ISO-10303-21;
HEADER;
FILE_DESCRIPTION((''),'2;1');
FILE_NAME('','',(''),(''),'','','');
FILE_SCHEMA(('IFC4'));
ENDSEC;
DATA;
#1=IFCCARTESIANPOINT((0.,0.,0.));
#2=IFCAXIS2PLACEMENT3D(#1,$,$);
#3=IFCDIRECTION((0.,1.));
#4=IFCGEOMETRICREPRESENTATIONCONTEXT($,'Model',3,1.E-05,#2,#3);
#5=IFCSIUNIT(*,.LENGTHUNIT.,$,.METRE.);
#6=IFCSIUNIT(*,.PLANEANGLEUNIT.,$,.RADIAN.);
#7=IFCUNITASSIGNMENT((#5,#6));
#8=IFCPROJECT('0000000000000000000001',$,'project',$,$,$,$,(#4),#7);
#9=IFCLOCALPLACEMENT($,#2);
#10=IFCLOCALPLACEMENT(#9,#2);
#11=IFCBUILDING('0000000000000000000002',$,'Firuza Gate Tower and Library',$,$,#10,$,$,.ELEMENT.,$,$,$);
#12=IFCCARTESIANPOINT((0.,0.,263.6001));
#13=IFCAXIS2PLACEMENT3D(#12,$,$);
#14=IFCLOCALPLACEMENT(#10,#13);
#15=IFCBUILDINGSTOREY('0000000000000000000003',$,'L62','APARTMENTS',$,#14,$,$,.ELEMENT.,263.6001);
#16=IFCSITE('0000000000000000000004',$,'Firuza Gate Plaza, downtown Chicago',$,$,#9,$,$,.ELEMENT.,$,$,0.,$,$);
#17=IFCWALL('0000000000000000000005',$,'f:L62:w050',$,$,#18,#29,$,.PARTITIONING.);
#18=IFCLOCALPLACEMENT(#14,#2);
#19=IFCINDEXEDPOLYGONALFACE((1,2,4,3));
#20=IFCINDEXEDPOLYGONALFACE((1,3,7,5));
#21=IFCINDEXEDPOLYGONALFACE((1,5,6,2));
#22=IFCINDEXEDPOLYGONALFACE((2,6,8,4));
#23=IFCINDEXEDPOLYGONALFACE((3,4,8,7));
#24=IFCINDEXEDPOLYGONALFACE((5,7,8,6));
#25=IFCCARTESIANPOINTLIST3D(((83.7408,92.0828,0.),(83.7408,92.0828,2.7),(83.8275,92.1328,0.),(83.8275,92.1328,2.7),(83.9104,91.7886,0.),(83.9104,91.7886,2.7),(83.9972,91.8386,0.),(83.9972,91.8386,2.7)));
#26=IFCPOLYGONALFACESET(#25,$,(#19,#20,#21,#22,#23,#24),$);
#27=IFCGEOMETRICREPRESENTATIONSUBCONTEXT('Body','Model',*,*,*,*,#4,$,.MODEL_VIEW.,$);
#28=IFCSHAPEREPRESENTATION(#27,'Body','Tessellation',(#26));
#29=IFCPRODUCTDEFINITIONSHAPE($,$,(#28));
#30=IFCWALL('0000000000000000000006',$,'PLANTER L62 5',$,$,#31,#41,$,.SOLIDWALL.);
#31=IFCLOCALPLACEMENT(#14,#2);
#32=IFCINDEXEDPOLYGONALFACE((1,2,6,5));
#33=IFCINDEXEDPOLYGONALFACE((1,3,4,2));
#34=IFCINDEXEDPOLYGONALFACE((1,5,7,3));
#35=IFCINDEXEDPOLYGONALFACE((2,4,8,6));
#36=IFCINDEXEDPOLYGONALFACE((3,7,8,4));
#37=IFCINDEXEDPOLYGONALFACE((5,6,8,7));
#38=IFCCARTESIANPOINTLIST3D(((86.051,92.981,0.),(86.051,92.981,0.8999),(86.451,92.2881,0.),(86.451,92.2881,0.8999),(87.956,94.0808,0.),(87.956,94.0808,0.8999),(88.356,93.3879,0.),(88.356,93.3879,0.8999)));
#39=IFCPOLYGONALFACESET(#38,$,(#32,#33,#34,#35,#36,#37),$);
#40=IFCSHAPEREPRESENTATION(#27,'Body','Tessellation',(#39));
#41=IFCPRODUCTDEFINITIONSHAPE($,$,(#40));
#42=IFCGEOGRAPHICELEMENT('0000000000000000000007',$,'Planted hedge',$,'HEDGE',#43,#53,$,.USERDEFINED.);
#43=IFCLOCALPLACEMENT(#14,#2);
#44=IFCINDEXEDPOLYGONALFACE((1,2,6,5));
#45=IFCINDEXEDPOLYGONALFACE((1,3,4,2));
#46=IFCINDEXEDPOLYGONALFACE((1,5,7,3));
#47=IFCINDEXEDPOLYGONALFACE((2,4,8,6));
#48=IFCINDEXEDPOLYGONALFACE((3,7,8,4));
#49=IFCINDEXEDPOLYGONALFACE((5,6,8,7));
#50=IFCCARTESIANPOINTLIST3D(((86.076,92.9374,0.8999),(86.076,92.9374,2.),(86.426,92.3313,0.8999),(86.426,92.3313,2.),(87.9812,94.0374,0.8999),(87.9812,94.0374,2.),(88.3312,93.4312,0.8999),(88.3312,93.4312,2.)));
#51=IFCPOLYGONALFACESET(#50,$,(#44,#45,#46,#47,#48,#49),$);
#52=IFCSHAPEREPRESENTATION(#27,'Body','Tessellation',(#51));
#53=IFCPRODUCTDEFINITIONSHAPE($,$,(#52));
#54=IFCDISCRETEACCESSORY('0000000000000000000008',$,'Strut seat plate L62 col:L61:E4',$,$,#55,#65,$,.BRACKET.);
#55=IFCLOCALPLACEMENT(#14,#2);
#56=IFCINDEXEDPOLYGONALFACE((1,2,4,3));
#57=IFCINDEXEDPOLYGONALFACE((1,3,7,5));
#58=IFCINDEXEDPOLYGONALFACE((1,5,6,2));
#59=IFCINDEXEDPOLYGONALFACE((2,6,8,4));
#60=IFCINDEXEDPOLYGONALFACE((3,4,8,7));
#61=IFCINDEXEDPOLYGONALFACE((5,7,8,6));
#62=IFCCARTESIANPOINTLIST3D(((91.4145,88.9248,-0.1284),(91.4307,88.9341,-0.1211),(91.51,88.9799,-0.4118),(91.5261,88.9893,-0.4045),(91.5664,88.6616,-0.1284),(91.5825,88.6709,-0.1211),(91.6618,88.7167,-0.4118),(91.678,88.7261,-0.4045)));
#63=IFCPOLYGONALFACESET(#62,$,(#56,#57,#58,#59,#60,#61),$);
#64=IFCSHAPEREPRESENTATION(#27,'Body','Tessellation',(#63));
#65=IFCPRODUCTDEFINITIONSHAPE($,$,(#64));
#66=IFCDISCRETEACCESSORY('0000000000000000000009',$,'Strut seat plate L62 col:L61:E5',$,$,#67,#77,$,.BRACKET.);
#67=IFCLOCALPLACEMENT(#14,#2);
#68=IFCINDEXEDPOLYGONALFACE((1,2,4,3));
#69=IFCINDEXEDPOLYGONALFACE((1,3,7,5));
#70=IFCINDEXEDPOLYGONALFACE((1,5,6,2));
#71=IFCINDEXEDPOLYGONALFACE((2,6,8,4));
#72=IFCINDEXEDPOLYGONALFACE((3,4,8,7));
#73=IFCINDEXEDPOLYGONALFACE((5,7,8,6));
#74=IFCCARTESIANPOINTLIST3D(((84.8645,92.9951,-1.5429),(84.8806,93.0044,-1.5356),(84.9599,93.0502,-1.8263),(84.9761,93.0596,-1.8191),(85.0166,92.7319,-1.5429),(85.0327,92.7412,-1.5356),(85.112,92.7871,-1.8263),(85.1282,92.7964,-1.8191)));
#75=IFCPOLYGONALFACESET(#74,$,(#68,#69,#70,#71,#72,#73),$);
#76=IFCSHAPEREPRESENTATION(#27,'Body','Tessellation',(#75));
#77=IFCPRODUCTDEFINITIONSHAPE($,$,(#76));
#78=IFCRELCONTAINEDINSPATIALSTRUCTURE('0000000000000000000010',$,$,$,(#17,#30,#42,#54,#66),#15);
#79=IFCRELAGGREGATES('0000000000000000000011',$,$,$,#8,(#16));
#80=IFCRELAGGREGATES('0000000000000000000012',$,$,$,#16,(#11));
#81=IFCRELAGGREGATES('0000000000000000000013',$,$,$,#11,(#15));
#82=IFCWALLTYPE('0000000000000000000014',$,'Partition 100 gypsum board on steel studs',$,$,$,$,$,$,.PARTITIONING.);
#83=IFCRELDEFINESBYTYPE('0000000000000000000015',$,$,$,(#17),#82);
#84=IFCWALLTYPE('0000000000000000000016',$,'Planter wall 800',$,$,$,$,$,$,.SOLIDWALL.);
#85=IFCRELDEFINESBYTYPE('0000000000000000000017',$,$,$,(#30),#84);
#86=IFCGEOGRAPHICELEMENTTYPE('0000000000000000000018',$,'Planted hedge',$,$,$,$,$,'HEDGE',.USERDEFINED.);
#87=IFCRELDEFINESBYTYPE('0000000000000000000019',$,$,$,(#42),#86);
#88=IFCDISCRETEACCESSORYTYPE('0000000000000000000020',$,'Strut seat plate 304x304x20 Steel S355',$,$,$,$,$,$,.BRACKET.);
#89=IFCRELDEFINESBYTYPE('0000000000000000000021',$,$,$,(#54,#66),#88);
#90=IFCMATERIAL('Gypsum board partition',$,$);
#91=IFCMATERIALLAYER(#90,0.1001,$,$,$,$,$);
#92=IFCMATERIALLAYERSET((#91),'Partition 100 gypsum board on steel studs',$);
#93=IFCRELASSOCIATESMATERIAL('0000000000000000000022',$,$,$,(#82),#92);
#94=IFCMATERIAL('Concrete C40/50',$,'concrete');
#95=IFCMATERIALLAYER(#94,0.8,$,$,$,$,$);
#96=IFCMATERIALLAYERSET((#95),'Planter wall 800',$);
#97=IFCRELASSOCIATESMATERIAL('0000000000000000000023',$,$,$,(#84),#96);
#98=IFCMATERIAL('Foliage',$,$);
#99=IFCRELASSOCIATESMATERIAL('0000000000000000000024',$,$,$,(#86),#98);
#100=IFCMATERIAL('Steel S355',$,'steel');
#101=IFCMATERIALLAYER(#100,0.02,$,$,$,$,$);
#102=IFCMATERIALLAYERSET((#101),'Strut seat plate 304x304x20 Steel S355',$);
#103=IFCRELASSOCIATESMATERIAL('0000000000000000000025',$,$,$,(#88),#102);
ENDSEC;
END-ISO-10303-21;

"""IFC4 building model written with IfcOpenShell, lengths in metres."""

from ifc_helpers import new_model, si_unit, direction, frame, frame_2d, origin, origin_2d, place, context, subcontext, project, spatial, polyline, rectangle, outline, extrude, material, layer, layer_set, type_object, element, save


model = new_model("IFC4")

# Units and contexts
model_context = context("Model", 3, precision=1e-05, world=origin(), true_north=direction((0.0, 1.0)))
body_context = subcontext(model_context, "Body", "Model", "MODEL_VIEW")
ifc_project = project(units=[si_unit("LENGTHUNIT", "METRE"), si_unit("PLANEANGLEUNIT", "RADIAN")], contexts=[model_context])

# Site, building, storey
site_placement = place(None, origin())
site = spatial("IfcSite", under=ifc_project, at=site_placement, Name="Firuza Gate Plaza, downtown Chicago", CompositionType="ELEMENT", RefElevation=0.0)
building_placement = place(site_placement, origin())
building = spatial("IfcBuilding", under=site, at=building_placement, Name="Firuza Gate Tower and Library", CompositionType="ELEMENT")
storey_placement = place(building_placement, frame((0.0, 0.0, 263.6001)))
storey = spatial("IfcBuildingStorey", under=building, at=storey_placement, Name="L62", Description="APARTMENTS", CompositionType="ELEMENT", Elevation=263.6001)

# Walls
ifc_material_1 = material(Name="Gypsum board partition")
ifc_layer_1 = layer(ifc_material_1, 0.1001)
ifc_layer_set_1 = layer_set([ifc_layer_1], Name="Partition 100 gypsum board on steel studs")
wall_type_1 = type_object("IfcWallType", Name="Partition 100 gypsum board on steel studs", PredefinedType="PARTITIONING", material=ifc_layer_set_1)
wall_1_placement = place(storey_placement, frame((83.9539, 91.8135, 0.0), z_axis=(0.0, 0.0, 1.0), x_axis=(-0.499619, 0.866245, 0.0)))
element("IfcWall", 1, at=wall_1_placement, inside=storey, type_object=wall_type_1, Name="f:L62:w050", PredefinedType="PARTITIONING", context=body_context, shape_type="SweptSolid", body=[
    extrude(rectangle(XDim=0.3396, YDim=0.1001, at=frame_2d((0.1699, 0.0))), origin(), (0.0, 0.0, 1.0), 2.7),
])
ifc_material_2 = material(Name="Concrete C40/50", Category="concrete")
ifc_layer_2 = layer(ifc_material_2, 0.8)
ifc_layer_set_2 = layer_set([ifc_layer_2], Name="Planter wall 800")
wall_type_2 = type_object("IfcWallType", Name="Planter wall 800", PredefinedType="SOLIDWALL", material=ifc_layer_set_2)
wall_2_placement = place(storey_placement, frame((88.156, 93.7344, 0.0), z_axis=(0.0, 0.0, 1.0), x_axis=(-0.866028, -0.499995, 0.0)))
element("IfcWall", 2, at=wall_2_placement, inside=storey, type_object=wall_type_2, Name="PLANTER L62 5", PredefinedType="SOLIDWALL", context=body_context, shape_type="SweptSolid", body=[
    extrude(rectangle(XDim=2.1997, YDim=0.8, at=frame_2d((1.0999, 0.0))), origin(), (0.0, 0.0, 1.0), 0.8999),
])

# Geographic element
ifc_material_3 = material(Name="Foliage")
geographic_element_type = type_object("IfcGeographicElementType", Name="Planted hedge", ElementType="HEDGE", PredefinedType="USERDEFINED", material=ifc_material_3)
geographic_element_placement = place(storey_placement, frame((87.2036, 93.1843, 0.8999), z_axis=(0.0, 0.0, 1.0), x_axis=(-0.866025, -0.5, 0.0)))
element("IfcGeographicElement", 3, at=geographic_element_placement, inside=storey, type_object=geographic_element_type, Name="Planted hedge", ObjectType="HEDGE", PredefinedType="USERDEFINED", context=body_context, shape_type="SweptSolid", body=[
    extrude(rectangle(XDim=2.2, YDim=0.7, at=origin_2d()), origin(), (0.0, 0.0, 1.0), 1.1001),
])

# Discrete accessories
ifc_material_4 = material(Name="Steel S355", Category="steel")
ifc_layer_3 = layer(ifc_material_4, 0.02)
ifc_layer_set_3 = layer_set([ifc_layer_3], Name="Strut seat plate 304x304x20 Steel S355")
discrete_accessory_type = type_object("IfcDiscreteAccessoryType", Name="Strut seat plate 304x304x20 Steel S355", PredefinedType="BRACKET", material=ifc_layer_set_3)
discrete_accessory_1_placement = place(storey_placement, frame((91.5825, 88.6709, -0.1211), z_axis=(0.807237, 0.465771, 0.362527), x_axis=(-0.499769, 0.866159, 0.0)))
element("IfcDiscreteAccessory", 4, at=discrete_accessory_1_placement, inside=storey, type_object=discrete_accessory_type, Name="Strut seat plate L62 col:L61:E4", PredefinedType="BRACKET", context=body_context, shape_type="SweptSolid", body=[
    extrude(outline(polyline([(0.0, 0.0), (0.3039, 0.0), (0.3039, -0.3041), (0.0001, -0.3041), (0.0, 0.0)])), origin(), (0.0, 0.0, -1.0), 0.02),
])
discrete_accessory_2_placement = place(storey_placement, frame((84.8806, 93.0044, -1.5356), z_axis=(0.806913, 0.466333, 0.362527), x_axis=(0.500371, -0.865811, 0.0)))
element("IfcDiscreteAccessory", 5, at=discrete_accessory_2_placement, inside=storey, type_object=discrete_accessory_type, Name="Strut seat plate L62 col:L61:E5", PredefinedType="BRACKET", context=body_context, shape_type="SweptSolid", body=[
    extrude(outline(polyline([(0.0, 0.0), (0.304, 0.0), (0.304, 0.3041), (0.0, 0.3041), (0.0, 0.0)])), origin(), (0.0, 0.0, -1.0), 0.02),
])

save(model, "model.ifc")
